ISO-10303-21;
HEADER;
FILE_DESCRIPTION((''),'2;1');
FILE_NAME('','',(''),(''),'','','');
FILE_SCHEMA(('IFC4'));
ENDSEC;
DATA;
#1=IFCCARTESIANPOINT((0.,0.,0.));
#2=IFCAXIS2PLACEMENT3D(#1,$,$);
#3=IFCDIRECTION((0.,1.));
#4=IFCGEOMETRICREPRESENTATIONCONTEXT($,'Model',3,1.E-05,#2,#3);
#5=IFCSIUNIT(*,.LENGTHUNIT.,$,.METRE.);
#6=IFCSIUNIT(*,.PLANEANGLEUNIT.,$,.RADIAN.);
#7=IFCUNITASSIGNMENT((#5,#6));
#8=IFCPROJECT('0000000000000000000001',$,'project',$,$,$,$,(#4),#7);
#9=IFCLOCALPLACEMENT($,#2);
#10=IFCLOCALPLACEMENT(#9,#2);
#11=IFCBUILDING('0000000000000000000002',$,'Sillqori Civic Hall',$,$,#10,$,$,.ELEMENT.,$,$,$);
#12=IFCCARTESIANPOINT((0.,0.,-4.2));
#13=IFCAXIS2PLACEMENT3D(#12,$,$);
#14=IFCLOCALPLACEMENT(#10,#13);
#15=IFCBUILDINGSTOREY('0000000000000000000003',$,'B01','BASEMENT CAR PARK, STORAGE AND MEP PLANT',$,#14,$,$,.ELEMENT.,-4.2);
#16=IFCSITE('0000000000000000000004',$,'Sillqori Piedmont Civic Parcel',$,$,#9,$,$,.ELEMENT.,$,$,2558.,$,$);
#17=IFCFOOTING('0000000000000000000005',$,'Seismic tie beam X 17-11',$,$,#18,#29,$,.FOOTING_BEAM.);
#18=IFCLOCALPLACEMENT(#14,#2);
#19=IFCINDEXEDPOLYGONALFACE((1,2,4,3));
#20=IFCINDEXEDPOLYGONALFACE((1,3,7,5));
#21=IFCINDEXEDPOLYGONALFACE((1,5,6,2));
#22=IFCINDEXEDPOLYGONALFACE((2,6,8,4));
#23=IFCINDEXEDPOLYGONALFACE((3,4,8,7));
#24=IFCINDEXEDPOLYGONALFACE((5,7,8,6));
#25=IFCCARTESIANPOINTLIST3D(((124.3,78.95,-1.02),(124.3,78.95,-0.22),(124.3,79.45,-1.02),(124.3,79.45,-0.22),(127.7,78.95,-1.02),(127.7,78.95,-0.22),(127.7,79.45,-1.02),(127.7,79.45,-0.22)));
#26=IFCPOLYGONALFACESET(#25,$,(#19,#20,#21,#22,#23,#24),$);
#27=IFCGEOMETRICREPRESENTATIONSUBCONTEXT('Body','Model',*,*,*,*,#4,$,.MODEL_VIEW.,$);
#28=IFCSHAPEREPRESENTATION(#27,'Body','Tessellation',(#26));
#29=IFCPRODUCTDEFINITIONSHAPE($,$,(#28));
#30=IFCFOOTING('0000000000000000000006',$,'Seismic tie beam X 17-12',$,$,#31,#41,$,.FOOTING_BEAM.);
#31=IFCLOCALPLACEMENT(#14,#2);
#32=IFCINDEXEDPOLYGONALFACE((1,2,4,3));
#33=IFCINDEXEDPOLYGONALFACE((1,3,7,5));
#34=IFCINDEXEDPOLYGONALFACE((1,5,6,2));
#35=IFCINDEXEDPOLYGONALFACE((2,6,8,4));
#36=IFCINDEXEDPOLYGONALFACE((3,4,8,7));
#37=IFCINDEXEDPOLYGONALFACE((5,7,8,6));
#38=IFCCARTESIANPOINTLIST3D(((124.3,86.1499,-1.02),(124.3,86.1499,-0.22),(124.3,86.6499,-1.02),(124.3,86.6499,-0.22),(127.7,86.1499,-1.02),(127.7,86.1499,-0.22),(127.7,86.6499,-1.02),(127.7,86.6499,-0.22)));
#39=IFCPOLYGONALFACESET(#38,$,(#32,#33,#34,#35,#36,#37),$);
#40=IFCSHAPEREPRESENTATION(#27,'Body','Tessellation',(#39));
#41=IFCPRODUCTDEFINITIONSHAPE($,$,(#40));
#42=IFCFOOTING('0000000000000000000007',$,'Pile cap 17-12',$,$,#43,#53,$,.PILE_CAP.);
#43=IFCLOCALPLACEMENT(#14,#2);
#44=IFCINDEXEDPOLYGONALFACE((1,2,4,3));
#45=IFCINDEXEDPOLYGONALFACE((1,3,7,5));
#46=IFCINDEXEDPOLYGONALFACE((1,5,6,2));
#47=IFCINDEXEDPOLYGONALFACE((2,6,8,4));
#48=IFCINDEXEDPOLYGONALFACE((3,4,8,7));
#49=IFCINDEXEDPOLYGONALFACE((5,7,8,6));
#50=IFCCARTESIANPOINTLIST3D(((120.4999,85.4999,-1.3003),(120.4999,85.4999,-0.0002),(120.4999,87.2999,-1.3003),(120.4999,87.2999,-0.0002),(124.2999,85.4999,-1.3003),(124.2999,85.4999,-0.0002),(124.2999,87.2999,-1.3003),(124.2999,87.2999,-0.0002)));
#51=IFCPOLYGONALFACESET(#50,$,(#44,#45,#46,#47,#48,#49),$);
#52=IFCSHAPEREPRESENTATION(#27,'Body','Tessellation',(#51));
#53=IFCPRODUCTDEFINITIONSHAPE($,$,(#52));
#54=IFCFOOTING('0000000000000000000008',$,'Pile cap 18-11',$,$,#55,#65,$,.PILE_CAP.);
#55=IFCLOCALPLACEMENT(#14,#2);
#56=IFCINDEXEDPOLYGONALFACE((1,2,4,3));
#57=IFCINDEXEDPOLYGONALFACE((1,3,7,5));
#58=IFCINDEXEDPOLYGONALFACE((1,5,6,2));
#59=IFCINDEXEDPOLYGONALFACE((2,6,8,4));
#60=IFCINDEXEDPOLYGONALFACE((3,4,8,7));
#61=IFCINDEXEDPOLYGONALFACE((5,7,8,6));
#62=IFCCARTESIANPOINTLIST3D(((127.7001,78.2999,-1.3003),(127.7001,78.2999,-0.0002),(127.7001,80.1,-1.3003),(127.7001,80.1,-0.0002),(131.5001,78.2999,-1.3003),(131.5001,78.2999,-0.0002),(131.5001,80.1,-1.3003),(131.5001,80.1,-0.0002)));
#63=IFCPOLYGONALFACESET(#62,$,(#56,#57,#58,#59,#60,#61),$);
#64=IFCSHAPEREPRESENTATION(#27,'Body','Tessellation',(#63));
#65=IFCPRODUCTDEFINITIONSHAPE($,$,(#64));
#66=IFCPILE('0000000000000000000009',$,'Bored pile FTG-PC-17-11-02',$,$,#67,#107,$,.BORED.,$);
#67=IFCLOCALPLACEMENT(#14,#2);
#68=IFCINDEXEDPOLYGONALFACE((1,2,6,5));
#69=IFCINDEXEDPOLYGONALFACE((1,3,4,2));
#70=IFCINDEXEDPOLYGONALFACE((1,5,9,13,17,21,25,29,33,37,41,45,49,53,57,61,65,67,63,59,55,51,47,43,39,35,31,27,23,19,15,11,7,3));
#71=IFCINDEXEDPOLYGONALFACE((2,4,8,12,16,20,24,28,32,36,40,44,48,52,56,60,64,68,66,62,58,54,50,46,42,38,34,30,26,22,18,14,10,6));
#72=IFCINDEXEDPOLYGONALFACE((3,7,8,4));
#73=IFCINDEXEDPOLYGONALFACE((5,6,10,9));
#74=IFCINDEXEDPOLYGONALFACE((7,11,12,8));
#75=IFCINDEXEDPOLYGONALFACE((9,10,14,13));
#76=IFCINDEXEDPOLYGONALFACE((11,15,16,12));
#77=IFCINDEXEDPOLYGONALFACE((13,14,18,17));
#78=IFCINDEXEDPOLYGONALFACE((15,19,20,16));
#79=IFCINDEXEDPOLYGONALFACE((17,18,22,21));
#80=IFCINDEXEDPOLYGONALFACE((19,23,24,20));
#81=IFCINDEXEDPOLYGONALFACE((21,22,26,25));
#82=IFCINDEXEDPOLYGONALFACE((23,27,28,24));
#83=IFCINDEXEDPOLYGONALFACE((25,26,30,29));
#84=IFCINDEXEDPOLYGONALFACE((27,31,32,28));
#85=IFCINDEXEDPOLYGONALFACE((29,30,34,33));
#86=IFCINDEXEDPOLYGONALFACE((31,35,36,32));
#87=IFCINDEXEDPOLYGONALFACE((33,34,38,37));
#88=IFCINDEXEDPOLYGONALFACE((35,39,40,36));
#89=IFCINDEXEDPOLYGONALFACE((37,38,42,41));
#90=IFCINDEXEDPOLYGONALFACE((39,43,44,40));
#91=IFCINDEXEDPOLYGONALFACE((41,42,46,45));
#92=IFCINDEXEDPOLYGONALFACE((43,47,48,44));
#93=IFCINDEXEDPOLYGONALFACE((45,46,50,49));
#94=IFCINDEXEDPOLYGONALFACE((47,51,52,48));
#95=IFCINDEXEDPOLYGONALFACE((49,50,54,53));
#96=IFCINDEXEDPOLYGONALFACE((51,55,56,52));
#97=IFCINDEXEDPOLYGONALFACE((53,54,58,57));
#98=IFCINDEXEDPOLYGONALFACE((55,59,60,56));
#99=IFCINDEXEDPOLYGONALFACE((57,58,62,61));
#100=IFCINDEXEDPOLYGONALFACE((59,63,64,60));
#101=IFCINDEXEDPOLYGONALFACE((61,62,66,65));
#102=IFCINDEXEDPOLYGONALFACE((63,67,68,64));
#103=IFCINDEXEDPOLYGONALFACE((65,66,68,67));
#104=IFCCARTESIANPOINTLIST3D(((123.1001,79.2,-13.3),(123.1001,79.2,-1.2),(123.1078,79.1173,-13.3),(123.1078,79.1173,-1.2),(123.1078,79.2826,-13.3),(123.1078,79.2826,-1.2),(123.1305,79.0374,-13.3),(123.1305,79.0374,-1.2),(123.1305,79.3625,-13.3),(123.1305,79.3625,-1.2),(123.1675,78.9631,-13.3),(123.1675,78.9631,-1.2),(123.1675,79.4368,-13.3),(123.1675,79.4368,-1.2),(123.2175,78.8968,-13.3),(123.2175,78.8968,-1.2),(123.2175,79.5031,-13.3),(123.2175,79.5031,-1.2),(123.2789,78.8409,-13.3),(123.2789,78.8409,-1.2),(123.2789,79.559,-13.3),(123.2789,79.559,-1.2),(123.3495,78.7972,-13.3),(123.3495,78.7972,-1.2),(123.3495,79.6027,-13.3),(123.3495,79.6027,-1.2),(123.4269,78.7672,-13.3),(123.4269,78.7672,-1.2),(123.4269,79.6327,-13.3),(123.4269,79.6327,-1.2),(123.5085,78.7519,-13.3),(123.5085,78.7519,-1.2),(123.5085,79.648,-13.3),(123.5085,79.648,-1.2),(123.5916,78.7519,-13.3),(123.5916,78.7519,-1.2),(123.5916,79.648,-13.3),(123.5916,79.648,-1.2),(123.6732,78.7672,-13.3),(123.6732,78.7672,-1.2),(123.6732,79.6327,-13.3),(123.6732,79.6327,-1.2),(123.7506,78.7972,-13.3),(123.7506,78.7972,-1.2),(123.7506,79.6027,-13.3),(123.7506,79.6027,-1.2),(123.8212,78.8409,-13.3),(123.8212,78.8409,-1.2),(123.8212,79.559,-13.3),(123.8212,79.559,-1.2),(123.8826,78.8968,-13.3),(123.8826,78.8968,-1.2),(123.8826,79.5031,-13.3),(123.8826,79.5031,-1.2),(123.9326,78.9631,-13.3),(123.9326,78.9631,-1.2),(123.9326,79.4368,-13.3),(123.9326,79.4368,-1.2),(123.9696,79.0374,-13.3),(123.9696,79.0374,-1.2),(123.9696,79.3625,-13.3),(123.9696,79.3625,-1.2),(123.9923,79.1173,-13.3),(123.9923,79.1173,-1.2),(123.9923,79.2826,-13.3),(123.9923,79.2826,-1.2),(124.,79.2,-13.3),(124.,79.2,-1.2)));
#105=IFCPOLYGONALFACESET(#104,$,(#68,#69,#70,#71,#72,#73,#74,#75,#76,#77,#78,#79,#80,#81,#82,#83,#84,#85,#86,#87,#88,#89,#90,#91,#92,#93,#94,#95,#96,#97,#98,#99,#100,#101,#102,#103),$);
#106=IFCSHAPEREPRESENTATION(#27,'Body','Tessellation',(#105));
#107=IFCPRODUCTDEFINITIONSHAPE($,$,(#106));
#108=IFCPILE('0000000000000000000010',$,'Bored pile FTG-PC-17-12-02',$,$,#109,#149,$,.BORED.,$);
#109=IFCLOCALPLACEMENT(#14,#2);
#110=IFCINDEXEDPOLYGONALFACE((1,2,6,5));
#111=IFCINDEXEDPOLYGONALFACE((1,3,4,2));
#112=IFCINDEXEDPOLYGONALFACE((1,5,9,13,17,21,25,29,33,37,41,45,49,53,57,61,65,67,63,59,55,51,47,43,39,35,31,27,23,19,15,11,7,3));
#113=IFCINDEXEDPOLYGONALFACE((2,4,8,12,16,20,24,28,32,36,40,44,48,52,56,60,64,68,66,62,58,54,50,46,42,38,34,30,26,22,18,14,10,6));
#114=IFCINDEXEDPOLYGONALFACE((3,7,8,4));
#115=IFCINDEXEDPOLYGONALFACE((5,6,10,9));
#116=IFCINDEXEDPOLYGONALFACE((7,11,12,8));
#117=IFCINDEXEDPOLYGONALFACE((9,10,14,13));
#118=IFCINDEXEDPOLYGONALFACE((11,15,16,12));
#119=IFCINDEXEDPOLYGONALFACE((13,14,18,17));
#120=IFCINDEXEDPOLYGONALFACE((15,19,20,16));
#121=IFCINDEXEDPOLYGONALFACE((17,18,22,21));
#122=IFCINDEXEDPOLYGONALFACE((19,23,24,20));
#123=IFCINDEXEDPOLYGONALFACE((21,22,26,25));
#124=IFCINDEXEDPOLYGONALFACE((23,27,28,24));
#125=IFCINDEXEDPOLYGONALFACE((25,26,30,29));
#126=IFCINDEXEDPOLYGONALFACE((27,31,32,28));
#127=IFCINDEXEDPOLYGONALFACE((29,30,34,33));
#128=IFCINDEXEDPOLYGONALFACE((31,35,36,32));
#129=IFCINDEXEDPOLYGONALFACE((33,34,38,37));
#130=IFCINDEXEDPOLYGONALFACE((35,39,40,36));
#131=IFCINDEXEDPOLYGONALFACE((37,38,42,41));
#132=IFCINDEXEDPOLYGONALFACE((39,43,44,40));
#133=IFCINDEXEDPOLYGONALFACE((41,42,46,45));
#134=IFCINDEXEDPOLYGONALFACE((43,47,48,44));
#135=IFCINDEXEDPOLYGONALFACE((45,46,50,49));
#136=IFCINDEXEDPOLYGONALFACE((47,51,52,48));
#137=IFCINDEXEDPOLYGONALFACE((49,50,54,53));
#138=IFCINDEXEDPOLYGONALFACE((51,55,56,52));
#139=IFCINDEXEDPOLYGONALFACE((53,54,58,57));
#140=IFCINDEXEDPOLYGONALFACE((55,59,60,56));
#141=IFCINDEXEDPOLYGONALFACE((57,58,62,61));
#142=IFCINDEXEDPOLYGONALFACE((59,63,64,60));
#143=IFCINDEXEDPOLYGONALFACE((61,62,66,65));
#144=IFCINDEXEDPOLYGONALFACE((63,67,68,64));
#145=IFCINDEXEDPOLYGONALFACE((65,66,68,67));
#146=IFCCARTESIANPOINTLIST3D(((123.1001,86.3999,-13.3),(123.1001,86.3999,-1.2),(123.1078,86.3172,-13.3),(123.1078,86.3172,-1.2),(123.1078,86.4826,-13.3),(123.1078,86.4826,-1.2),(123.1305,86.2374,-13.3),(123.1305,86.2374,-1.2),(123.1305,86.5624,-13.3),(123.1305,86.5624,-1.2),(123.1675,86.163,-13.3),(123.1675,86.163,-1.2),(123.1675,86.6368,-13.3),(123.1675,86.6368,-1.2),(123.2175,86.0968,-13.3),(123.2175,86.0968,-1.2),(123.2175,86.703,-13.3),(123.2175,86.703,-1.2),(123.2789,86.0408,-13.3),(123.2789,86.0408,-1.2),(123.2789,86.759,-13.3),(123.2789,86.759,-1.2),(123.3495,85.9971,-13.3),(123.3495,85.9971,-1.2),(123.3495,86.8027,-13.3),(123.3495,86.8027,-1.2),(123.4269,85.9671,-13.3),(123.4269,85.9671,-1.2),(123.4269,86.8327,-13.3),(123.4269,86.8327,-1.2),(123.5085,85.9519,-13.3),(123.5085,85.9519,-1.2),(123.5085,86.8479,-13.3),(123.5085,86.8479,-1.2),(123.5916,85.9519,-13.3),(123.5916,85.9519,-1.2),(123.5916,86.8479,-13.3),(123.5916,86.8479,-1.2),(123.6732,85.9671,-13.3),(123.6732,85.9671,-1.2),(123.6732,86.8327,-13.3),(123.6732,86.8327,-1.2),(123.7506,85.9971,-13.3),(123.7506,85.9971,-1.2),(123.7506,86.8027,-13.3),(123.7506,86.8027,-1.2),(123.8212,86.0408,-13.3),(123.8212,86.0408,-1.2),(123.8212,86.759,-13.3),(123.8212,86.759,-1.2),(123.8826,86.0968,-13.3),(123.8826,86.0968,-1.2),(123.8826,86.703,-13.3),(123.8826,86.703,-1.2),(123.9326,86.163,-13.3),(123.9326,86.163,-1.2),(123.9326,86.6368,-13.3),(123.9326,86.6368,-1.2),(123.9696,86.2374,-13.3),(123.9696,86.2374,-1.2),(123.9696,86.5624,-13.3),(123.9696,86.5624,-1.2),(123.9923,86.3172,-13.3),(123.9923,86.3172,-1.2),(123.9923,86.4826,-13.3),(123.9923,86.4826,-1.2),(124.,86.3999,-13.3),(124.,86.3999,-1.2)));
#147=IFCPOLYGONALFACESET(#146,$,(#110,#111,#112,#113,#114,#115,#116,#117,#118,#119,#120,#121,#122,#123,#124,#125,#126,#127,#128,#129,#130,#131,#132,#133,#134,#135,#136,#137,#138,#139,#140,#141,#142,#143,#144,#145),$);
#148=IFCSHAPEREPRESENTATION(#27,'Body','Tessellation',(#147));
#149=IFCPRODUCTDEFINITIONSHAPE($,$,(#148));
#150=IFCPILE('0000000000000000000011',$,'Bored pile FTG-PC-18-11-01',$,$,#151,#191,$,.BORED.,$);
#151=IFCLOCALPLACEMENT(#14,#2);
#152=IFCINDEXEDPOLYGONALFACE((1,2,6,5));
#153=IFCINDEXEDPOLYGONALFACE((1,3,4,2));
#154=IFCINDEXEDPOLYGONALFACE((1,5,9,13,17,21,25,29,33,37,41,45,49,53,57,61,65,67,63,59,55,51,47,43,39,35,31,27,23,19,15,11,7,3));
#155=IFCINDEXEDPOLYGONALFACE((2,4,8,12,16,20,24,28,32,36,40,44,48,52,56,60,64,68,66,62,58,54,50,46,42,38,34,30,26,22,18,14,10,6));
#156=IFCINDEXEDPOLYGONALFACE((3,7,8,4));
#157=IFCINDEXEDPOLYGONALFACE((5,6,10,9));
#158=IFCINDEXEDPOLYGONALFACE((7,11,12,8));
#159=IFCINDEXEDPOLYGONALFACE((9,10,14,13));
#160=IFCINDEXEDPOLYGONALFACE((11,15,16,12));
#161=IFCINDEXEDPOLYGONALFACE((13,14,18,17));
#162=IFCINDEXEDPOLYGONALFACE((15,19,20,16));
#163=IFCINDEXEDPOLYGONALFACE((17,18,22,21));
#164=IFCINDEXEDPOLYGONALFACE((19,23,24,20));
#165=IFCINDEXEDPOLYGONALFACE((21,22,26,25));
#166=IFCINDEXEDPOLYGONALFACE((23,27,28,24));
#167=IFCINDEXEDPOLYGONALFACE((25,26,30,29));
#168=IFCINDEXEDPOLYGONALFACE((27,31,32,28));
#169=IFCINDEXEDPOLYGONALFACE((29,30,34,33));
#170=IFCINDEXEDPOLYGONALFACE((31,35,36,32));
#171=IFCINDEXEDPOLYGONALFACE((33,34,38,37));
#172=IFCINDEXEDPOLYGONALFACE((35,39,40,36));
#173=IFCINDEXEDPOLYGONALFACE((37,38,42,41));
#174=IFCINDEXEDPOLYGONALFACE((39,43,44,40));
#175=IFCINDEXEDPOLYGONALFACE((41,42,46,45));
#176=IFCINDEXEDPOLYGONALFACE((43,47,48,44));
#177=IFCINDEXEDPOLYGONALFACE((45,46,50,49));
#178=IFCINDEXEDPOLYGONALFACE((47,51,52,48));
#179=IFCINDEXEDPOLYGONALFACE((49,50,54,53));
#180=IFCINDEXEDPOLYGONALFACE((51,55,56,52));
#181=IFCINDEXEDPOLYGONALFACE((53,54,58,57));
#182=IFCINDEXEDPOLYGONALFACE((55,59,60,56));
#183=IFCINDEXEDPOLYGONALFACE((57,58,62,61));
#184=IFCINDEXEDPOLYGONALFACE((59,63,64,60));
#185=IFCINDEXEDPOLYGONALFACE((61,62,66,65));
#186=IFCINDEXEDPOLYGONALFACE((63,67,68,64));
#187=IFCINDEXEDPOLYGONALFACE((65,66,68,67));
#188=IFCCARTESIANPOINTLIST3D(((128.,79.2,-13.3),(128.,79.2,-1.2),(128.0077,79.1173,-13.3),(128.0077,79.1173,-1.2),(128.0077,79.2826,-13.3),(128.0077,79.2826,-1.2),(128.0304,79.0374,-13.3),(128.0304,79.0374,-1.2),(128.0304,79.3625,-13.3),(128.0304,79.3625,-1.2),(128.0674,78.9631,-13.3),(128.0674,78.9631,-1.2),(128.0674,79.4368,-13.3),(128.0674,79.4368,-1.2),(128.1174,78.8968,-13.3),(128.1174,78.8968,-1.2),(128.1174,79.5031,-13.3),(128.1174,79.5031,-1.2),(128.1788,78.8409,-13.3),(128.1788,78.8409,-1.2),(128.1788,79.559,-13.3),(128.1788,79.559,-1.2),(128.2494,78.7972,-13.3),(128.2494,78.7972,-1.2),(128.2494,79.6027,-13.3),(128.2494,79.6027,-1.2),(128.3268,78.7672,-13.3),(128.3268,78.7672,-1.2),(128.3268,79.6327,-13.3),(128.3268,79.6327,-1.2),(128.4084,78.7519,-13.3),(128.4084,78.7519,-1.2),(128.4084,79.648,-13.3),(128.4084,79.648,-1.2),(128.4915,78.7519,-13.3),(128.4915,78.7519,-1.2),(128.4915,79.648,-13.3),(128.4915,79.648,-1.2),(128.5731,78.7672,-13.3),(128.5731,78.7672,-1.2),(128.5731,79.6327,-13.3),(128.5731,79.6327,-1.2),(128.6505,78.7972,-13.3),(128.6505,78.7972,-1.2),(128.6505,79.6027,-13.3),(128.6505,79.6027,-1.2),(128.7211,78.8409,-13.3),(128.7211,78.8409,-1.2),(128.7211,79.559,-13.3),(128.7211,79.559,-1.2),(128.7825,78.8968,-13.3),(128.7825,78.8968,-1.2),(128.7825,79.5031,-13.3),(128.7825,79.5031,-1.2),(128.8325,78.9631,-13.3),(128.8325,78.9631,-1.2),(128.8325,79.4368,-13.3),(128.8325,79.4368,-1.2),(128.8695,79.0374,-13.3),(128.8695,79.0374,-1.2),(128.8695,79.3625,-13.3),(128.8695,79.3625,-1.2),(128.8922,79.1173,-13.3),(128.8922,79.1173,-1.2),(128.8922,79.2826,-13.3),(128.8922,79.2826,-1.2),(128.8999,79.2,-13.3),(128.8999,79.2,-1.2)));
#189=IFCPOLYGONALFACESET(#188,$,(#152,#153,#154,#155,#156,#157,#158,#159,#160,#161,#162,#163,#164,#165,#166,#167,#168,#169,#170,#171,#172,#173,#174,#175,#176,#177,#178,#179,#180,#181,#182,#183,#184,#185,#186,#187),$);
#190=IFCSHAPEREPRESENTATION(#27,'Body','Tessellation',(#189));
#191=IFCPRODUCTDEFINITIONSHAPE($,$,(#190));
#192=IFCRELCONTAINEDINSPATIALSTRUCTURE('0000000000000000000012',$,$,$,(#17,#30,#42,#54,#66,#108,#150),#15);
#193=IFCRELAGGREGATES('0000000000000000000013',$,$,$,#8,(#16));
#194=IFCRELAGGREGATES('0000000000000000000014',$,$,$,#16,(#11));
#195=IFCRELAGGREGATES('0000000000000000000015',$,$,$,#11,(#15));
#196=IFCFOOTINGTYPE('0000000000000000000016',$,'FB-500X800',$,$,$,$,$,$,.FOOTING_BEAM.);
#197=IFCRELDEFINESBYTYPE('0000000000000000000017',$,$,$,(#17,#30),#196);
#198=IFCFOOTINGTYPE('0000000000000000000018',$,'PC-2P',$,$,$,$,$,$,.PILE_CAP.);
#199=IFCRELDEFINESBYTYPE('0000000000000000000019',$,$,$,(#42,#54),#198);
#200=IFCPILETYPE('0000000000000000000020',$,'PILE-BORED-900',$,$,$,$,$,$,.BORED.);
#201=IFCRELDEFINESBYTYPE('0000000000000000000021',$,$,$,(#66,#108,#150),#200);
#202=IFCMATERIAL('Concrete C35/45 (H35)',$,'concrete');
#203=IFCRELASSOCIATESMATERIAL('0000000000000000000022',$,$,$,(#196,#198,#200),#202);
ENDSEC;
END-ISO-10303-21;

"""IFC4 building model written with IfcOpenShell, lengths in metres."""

from ifc_helpers import new_model, si_unit, direction, frame, origin, origin_2d, place, context, subcontext, project, spatial, rectangle, circle, extrude, material, material_profile, profile_set, type_object, element, save


model = new_model("IFC4")

# Units and contexts
model_context = context("Model", 3, precision=1e-05, world=origin(), true_north=direction((0.0, 1.0)))
body_context = subcontext(model_context, "Body", "Model", "MODEL_VIEW")
ifc_project = project(units=[si_unit("LENGTHUNIT", "METRE"), si_unit("PLANEANGLEUNIT", "RADIAN")], contexts=[model_context])

# Site, building, storey
site_placement = place(None, origin())
site = spatial("IfcSite", under=ifc_project, at=site_placement, Name="Sillqori Piedmont Civic Parcel", CompositionType="ELEMENT", RefElevation=2558.0)
building_placement = place(site_placement, origin())
building = spatial("IfcBuilding", under=site, at=building_placement, Name="Sillqori Civic Hall", CompositionType="ELEMENT")
storey_placement = place(building_placement, frame((0.0, 0.0, -4.2)))
storey = spatial("IfcBuildingStorey", under=building, at=storey_placement, Name="B01", Description="BASEMENT CAR PARK, STORAGE AND MEP PLANT", CompositionType="ELEMENT", Elevation=-4.2)

# Footings
ifc_material_1 = material(Name="Concrete C35/45 (H35)", Category="concrete")
footing_type_1 = type_object("IfcFootingType", Name="FB-500X800", PredefinedType="FOOTING_BEAM", material=ifc_material_1)
for number, where, z_axis, x_axis, name in (
    (1, (126.0, 79.2, -1.02), (0.0, 0.0, 1.0), (1.0, 0.0, 0.0), "Seismic tie beam X 17-11"),
    (2, (126.0, 86.3999, -1.02), (0.0, 0.0, 1.0), (1.0, 0.0, 0.0), "Seismic tie beam X 17-12"),
):
    element("IfcFooting", number, at=place(storey_placement, frame(where, z_axis=z_axis, x_axis=x_axis)), inside=storey, type_object=footing_type_1, Name=name, PredefinedType="FOOTING_BEAM", context=body_context, shape_type="SweptSolid", body=[
        extrude(rectangle(XDim=3.3999, YDim=0.5, at=origin_2d()), origin(), (0.0, 0.0, 1.0), 0.8),
    ])
footing_type_2 = type_object("IfcFootingType", Name="PC-2P", PredefinedType="PILE_CAP", material=ifc_material_1)
for number, where, z_axis, x_axis, name in (
    (3, (122.3999, 86.3999, -1.3003), (0.0, 0.0, 1.0), (1.0, 0.0, 0.0), "Pile cap 17-12"),
    (4, (129.6001, 79.2, -1.3003), (0.0, 0.0, 1.0), (1.0, 0.0, 0.0), "Pile cap 18-11"),
):
    element("IfcFooting", number, at=place(storey_placement, frame(where, z_axis=z_axis, x_axis=x_axis)), inside=storey, type_object=footing_type_2, Name=name, PredefinedType="PILE_CAP", context=body_context, shape_type="SweptSolid", body=[
        extrude(rectangle(XDim=3.8, YDim=1.8, at=origin_2d()), origin(), (0.0, 0.0, 1.0), 1.3),
    ])

# Piles
ifc_material_profile_1 = material_profile(ifc_material_1, circle(Radius=0.45, at=origin_2d()), Name="BORED PILE 900")
ifc_profile_set_1 = profile_set([ifc_material_profile_1], Name="Concrete C35/45 (H35)")
pile_type = type_object("IfcPileType", Name="PILE-BORED-900", PredefinedType="BORED", material=ifc_profile_set_1)
for number, where, z_axis, x_axis, name in (
    (5, (123.55, 79.2, -1.2), (0.0, 0.0, -1.0), (1.0, 0.0, 0.0), "Bored pile FTG-PC-17-11-02"),
    (6, (123.55, 86.3999, -1.2), (0.0, 0.0, -1.0), (1.0, 0.0, 0.0), "Bored pile FTG-PC-17-12-02"),
    (7, (128.45, 79.2, -1.2), (0.0, 0.0, -1.0), (1.0, 0.0, 0.0), "Bored pile FTG-PC-18-11-01"),
):
    element("IfcPile", number, at=place(storey_placement, frame(where, z_axis=z_axis, x_axis=x_axis)), inside=storey, type_object=pile_type, Name=name, PredefinedType="BORED", context=body_context, shape_type="SweptSolid", body=[
        extrude(circle(Radius=0.45, at=origin_2d()), origin(), (0.0, 0.0, 1.0), 12.1001),
    ])

save(model, "model.ifc")
